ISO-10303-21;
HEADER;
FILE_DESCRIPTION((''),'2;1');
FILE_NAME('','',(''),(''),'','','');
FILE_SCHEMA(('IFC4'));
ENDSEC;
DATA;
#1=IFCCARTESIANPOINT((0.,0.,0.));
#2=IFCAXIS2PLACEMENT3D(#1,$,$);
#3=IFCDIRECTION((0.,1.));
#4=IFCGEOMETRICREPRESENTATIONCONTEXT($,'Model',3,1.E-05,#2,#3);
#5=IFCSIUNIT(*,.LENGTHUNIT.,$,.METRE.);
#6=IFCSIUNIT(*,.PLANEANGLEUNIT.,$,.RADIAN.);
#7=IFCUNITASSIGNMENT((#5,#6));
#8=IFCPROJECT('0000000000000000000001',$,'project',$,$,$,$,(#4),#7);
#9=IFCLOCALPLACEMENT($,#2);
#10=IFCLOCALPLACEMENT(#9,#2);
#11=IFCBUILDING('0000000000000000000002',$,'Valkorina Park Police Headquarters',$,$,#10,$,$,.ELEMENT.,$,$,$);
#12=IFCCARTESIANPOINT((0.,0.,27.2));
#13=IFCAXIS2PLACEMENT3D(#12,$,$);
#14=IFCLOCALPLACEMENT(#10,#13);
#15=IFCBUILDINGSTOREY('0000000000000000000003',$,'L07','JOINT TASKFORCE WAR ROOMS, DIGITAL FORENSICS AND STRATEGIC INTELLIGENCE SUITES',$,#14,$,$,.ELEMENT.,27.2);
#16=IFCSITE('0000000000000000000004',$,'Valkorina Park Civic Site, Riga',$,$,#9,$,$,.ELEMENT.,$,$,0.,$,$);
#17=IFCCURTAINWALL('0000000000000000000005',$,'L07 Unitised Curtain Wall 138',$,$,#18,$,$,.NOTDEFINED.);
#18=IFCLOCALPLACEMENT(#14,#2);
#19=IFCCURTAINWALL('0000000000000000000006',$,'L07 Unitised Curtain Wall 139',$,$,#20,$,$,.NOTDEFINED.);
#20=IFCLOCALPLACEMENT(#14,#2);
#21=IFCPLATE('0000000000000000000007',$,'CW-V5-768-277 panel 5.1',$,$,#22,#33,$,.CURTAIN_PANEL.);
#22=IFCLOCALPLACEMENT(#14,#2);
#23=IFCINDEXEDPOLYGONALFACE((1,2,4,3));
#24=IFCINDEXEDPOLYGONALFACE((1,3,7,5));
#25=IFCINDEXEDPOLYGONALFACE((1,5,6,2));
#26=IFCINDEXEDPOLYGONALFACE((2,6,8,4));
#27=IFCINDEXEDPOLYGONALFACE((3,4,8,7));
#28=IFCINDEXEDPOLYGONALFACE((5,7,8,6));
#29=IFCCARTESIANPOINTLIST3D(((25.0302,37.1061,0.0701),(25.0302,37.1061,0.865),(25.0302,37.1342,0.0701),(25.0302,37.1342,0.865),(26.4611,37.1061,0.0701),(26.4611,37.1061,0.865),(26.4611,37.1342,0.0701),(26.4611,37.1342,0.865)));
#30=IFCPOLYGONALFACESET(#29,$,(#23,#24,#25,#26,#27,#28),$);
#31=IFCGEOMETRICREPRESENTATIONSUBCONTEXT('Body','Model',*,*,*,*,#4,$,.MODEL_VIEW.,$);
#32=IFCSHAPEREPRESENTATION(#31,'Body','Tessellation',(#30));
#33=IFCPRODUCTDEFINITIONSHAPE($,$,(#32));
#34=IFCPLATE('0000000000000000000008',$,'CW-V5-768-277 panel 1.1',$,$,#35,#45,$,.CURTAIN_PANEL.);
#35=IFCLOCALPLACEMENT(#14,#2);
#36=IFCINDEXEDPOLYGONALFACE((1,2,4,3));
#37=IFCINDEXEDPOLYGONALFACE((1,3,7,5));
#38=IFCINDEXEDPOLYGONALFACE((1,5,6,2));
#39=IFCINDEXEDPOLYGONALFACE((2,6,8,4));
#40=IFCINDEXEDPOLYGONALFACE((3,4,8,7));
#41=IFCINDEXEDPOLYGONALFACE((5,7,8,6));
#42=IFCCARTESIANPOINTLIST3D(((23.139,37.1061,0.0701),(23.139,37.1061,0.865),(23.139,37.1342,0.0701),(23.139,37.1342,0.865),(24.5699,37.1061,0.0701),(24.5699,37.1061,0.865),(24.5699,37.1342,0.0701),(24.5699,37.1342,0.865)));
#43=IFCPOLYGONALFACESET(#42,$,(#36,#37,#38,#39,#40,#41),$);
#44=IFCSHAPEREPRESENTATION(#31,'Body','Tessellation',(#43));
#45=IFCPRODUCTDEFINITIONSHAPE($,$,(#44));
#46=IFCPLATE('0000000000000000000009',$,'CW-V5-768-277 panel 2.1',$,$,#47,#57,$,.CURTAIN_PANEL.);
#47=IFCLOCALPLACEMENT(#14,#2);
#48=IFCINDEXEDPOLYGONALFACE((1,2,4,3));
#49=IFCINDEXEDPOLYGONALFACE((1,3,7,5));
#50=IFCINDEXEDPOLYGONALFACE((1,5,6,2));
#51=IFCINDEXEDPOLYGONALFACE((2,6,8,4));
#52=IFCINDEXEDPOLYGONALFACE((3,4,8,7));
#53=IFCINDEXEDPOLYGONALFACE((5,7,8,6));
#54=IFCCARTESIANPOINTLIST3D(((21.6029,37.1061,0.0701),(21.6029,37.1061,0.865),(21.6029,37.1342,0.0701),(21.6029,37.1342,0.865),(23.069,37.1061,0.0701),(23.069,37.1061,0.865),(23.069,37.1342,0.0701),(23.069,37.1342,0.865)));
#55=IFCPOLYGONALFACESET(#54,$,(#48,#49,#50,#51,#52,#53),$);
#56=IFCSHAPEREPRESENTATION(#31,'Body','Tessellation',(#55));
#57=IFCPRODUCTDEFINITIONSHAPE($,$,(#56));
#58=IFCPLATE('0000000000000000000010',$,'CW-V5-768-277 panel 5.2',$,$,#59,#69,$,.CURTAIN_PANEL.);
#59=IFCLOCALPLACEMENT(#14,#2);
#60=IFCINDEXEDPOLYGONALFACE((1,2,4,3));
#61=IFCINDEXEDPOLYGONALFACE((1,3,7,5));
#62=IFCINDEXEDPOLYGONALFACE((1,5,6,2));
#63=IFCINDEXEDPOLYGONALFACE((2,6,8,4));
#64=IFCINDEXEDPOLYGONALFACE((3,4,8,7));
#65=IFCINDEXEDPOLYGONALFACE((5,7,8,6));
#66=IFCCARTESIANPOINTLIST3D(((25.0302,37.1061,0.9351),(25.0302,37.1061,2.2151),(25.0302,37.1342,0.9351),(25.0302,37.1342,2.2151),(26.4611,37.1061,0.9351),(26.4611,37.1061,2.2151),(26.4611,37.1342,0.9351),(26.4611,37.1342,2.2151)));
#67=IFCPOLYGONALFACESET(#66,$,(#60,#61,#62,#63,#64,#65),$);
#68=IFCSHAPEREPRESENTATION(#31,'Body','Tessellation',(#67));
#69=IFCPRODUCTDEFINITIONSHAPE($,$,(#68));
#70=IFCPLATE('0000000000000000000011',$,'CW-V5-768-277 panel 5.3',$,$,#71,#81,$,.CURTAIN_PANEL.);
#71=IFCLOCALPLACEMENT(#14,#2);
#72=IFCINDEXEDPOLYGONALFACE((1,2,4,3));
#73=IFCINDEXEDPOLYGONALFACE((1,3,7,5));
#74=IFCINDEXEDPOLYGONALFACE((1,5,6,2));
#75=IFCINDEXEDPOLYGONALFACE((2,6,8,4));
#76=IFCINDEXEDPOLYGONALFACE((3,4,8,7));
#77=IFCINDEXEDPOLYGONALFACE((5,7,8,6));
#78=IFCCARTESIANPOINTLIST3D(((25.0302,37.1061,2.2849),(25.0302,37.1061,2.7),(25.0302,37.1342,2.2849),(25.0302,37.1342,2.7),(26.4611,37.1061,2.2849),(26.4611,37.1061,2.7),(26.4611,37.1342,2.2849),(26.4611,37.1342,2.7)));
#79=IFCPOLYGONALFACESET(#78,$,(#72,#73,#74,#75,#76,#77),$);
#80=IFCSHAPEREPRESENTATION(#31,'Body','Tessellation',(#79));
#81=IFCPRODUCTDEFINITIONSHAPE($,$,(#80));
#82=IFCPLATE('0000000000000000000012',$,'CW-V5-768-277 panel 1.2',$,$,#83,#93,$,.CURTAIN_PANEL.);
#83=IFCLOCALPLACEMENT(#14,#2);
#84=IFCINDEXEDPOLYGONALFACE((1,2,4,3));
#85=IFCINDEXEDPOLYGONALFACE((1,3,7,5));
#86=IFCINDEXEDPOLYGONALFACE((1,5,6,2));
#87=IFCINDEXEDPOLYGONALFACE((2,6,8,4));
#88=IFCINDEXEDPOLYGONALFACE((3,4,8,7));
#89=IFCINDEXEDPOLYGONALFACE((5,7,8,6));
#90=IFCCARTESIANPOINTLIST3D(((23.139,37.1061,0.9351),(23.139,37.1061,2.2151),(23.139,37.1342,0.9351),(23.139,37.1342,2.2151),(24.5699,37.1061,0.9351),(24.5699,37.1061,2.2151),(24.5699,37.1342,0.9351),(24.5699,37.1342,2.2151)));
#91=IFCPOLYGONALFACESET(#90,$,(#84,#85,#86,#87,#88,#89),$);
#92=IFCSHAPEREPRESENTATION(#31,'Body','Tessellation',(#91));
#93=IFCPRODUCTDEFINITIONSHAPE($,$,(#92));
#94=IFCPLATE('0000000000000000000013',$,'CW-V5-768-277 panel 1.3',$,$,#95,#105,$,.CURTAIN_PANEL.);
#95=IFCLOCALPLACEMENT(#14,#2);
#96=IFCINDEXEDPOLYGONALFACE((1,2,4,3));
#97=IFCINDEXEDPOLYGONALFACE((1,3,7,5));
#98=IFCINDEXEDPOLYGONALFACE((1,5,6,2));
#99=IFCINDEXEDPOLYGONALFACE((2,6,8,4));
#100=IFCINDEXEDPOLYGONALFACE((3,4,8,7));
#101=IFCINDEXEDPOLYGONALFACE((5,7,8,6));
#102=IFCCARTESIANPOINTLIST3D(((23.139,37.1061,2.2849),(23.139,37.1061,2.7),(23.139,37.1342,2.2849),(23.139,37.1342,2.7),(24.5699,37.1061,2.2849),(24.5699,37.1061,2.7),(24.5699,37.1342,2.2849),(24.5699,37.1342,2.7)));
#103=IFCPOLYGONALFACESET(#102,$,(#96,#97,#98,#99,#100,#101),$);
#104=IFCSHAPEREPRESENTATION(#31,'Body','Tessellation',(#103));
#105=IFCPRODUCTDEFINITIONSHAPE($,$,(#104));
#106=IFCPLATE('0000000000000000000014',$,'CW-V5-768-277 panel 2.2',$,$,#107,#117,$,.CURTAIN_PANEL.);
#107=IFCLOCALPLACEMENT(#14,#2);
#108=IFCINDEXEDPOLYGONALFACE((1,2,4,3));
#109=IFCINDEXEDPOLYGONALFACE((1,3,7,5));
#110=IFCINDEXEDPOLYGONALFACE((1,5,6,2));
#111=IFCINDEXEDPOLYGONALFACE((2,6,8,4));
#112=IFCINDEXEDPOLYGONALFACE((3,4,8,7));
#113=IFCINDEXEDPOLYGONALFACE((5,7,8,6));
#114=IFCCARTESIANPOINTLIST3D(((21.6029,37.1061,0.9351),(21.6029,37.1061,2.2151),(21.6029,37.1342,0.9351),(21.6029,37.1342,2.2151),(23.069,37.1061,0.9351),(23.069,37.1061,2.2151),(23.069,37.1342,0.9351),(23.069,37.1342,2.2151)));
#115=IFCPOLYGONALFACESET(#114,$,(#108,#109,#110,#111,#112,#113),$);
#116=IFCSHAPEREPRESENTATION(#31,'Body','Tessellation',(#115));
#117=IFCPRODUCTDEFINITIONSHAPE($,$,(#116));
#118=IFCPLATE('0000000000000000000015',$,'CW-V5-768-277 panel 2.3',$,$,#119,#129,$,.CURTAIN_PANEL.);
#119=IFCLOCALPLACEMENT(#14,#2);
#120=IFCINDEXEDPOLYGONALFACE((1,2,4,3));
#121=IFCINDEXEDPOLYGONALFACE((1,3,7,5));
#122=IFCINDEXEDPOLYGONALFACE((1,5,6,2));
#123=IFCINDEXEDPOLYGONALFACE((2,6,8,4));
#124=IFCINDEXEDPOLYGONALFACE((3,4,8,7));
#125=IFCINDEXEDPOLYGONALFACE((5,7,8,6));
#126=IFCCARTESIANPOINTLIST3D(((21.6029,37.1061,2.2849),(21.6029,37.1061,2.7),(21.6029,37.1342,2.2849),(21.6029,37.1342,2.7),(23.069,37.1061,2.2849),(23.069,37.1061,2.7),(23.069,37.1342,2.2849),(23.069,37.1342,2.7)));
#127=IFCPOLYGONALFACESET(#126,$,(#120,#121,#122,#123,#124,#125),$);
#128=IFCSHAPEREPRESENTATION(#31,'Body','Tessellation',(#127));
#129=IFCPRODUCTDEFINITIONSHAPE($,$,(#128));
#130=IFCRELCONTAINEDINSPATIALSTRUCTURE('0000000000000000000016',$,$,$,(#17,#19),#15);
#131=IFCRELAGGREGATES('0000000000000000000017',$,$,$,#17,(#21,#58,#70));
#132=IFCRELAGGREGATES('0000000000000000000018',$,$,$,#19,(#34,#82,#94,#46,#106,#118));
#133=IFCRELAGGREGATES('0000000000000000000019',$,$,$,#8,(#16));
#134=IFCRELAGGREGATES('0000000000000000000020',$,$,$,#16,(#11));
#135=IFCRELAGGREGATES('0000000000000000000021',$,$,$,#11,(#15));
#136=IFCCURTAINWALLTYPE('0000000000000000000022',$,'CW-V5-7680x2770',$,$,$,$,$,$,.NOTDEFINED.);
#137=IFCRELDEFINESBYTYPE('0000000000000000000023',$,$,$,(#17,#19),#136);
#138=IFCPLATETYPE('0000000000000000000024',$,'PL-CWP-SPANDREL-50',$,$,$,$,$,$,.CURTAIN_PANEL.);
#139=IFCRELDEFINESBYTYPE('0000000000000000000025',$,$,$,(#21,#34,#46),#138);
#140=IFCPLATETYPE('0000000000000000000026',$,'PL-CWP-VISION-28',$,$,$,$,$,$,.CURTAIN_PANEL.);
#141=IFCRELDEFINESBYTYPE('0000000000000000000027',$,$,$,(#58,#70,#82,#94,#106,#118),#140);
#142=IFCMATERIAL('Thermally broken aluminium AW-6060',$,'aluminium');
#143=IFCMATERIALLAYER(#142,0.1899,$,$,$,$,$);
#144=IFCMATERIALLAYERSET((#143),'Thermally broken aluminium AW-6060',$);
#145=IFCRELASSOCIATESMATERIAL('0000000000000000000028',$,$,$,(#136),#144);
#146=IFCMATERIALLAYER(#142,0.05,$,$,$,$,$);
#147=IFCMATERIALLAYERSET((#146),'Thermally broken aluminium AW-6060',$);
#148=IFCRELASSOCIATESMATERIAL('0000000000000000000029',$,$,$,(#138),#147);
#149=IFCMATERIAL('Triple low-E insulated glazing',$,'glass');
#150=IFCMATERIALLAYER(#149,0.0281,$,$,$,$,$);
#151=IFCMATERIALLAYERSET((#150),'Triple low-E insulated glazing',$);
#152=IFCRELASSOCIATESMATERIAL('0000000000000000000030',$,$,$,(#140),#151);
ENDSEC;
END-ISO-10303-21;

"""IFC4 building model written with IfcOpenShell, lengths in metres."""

from ifc_helpers import new_model, si_unit, direction, frame, origin, origin_2d, place, context, subcontext, project, spatial, rectangle, extrude, material, layer, layer_set, type_object, element, aggregate, save


model = new_model("IFC4")

# Units and contexts
model_context = context("Model", 3, precision=1e-05, world=origin(), true_north=direction((0.0, 1.0)))
body_context = subcontext(model_context, "Body", "Model", "MODEL_VIEW")
ifc_project = project(units=[si_unit("LENGTHUNIT", "METRE"), si_unit("PLANEANGLEUNIT", "RADIAN")], contexts=[model_context])

# Site, building, storey
site_placement = place(None, origin())
site = spatial("IfcSite", under=ifc_project, at=site_placement, Name="Valkorina Park Civic Site, Riga", CompositionType="ELEMENT", RefElevation=0.0)
building_placement = place(site_placement, origin())
building = spatial("IfcBuilding", under=site, at=building_placement, Name="Valkorina Park Police Headquarters", CompositionType="ELEMENT")
storey_placement = place(building_placement, frame((0.0, 0.0, 27.2)))
storey = spatial("IfcBuildingStorey", under=building, at=storey_placement, Name="L07", Description="JOINT TASKFORCE WAR ROOMS, DIGITAL FORENSICS AND STRATEGIC INTELLIGENCE SUITES", CompositionType="ELEMENT", Elevation=27.2)

# Curtain wall
ifc_material_1 = material(Name="Thermally broken aluminium AW-6060", Category="aluminium")
ifc_layer_1 = layer(ifc_material_1, 0.1899)
ifc_layer_set_1 = layer_set([ifc_layer_1], Name="Thermally broken aluminium AW-6060")
curtain_wall_type = type_object("IfcCurtainWallType", Name="CW-V5-7680x2770", PredefinedType="NOTDEFINED", material=ifc_layer_set_1)
curtain_wall_1_placement = place(storey_placement, origin())
curtain_wall_1 = element("IfcCurtainWall", 1, at=curtain_wall_1_placement, inside=storey, type_object=curtain_wall_type, Name="L07 Unitised Curtain Wall 138", PredefinedType="NOTDEFINED")

# Curtain wall
curtain_wall_2_placement = place(storey_placement, origin())
curtain_wall_2 = element("IfcCurtainWall", 2, at=curtain_wall_2_placement, inside=storey, type_object=curtain_wall_type, Name="L07 Unitised Curtain Wall 139", PredefinedType="NOTDEFINED")

# Plates
ifc_layer_2 = layer(ifc_material_1, 0.05)
ifc_layer_set_2 = layer_set([ifc_layer_2], Name="Thermally broken aluminium AW-6060")
plate_type_1 = type_object("IfcPlateType", Name="PL-CWP-SPANDREL-50", PredefinedType="CURTAIN_PANEL", material=ifc_layer_set_2)
plate_1_placement = place(storey_placement, frame((25.7456, 37.1201, 0.0701), z_axis=(0.0, 0.0, 1.0), x_axis=(-1.0, 0.0, 0.0)))
plate_1 = element("IfcPlate", 3, at=plate_1_placement, type_object=plate_type_1, Name="CW-V5-768-277 panel 5.1", PredefinedType="CURTAIN_PANEL", context=body_context, shape_type="SweptSolid", body=[
    extrude(rectangle(XDim=1.4309, YDim=0.0281, at=origin_2d()), origin(), (0.0, 0.0, 1.0), 0.7949),
])
plate_2_placement = place(storey_placement, frame((23.8545, 37.1201, 0.0701), z_axis=(0.0, 0.0, 1.0), x_axis=(-1.0, 0.0, 0.0)))
plate_2 = element("IfcPlate", 4, at=plate_2_placement, type_object=plate_type_1, Name="CW-V5-768-277 panel 1.1", PredefinedType="CURTAIN_PANEL", context=body_context, shape_type="SweptSolid", body=[
    extrude(rectangle(XDim=1.4309, YDim=0.0281, at=origin_2d()), origin(), (0.0, 0.0, 1.0), 0.7949),
])
plate_3_placement = place(storey_placement, frame((22.3359, 37.1201, 0.0701), z_axis=(0.0, 0.0, 1.0), x_axis=(-1.0, 0.0, 0.0)))
plate_3 = element("IfcPlate", 5, at=plate_3_placement, type_object=plate_type_1, Name="CW-V5-768-277 panel 2.1", PredefinedType="CURTAIN_PANEL", context=body_context, shape_type="SweptSolid", body=[
    extrude(rectangle(XDim=1.4661, YDim=0.0281, at=origin_2d()), origin(), (0.0, 0.0, 1.0), 0.7949),
])
ifc_material_2 = material(Name="Triple low-E insulated glazing", Category="glass")
ifc_layer_3 = layer(ifc_material_2, 0.0281)
ifc_layer_set_3 = layer_set([ifc_layer_3], Name="Triple low-E insulated glazing")
plate_type_2 = type_object("IfcPlateType", Name="PL-CWP-VISION-28", PredefinedType="CURTAIN_PANEL", material=ifc_layer_set_3)
plate_4_placement = place(storey_placement, frame((25.7456, 37.1201, 0.9351), z_axis=(0.0, 0.0, 1.0), x_axis=(-1.0, 0.0, 0.0)))
plate_4 = element("IfcPlate", 6, at=plate_4_placement, type_object=plate_type_2, Name="CW-V5-768-277 panel 5.2", PredefinedType="CURTAIN_PANEL", context=body_context, shape_type="SweptSolid", body=[
    extrude(rectangle(XDim=1.4309, YDim=0.0281, at=origin_2d()), origin(), (0.0, 0.0, 1.0), 1.28),
])
plate_5_placement = place(storey_placement, frame((25.7456, 37.1201, 2.2849), z_axis=(0.0, 0.0, 1.0), x_axis=(-1.0, 0.0, 0.0)))
plate_5 = element("IfcPlate", 7, at=plate_5_placement, type_object=plate_type_2, Name="CW-V5-768-277 panel 5.3", PredefinedType="CURTAIN_PANEL", context=body_context, shape_type="SweptSolid", body=[
    extrude(rectangle(XDim=1.4309, YDim=0.0281, at=origin_2d()), origin(), (0.0, 0.0, 1.0), 0.415),
])
aggregate(curtain_wall_1, [plate_1, plate_4, plate_5])
plate_6_placement = place(storey_placement, frame((23.8545, 37.1201, 0.9351), z_axis=(0.0, 0.0, 1.0), x_axis=(-1.0, 0.0, 0.0)))
plate_6 = element("IfcPlate", 8, at=plate_6_placement, type_object=plate_type_2, Name="CW-V5-768-277 panel 1.2", PredefinedType="CURTAIN_PANEL", context=body_context, shape_type="SweptSolid", body=[
    extrude(rectangle(XDim=1.4309, YDim=0.0281, at=origin_2d()), origin(), (0.0, 0.0, 1.0), 1.28),
])
plate_7_placement = place(storey_placement, frame((23.8545, 37.1201, 2.2849), z_axis=(0.0, 0.0, 1.0), x_axis=(-1.0, 0.0, 0.0)))
plate_7 = element("IfcPlate", 9, at=plate_7_placement, type_object=plate_type_2, Name="CW-V5-768-277 panel 1.3", PredefinedType="CURTAIN_PANEL", context=body_context, shape_type="SweptSolid", body=[
    extrude(rectangle(XDim=1.4309, YDim=0.0281, at=origin_2d()), origin(), (0.0, 0.0, 1.0), 0.415),
])
plate_8_placement = place(storey_placement, frame((22.3359, 37.1201, 0.9351), z_axis=(0.0, 0.0, 1.0), x_axis=(-1.0, 0.0, 0.0)))
plate_8 = element("IfcPlate", 10, at=plate_8_placement, type_object=plate_type_2, Name="CW-V5-768-277 panel 2.2", PredefinedType="CURTAIN_PANEL", context=body_context, shape_type="SweptSolid", body=[
    extrude(rectangle(XDim=1.4661, YDim=0.0281, at=origin_2d()), origin(), (0.0, 0.0, 1.0), 1.28),
])
plate_9_placement = place(storey_placement, frame((22.3359, 37.1201, 2.2849), z_axis=(0.0, 0.0, 1.0), x_axis=(-1.0, 0.0, 0.0)))
plate_9 = element("IfcPlate", 11, at=plate_9_placement, type_object=plate_type_2, Name="CW-V5-768-277 panel 2.3", PredefinedType="CURTAIN_PANEL", context=body_context, shape_type="SweptSolid", body=[
    extrude(rectangle(XDim=1.4661, YDim=0.0281, at=origin_2d()), origin(), (0.0, 0.0, 1.0), 0.415),
])
aggregate(curtain_wall_2, [plate_2, plate_6, plate_7, plate_3, plate_8, plate_9])

save(model, "model.ifc")
